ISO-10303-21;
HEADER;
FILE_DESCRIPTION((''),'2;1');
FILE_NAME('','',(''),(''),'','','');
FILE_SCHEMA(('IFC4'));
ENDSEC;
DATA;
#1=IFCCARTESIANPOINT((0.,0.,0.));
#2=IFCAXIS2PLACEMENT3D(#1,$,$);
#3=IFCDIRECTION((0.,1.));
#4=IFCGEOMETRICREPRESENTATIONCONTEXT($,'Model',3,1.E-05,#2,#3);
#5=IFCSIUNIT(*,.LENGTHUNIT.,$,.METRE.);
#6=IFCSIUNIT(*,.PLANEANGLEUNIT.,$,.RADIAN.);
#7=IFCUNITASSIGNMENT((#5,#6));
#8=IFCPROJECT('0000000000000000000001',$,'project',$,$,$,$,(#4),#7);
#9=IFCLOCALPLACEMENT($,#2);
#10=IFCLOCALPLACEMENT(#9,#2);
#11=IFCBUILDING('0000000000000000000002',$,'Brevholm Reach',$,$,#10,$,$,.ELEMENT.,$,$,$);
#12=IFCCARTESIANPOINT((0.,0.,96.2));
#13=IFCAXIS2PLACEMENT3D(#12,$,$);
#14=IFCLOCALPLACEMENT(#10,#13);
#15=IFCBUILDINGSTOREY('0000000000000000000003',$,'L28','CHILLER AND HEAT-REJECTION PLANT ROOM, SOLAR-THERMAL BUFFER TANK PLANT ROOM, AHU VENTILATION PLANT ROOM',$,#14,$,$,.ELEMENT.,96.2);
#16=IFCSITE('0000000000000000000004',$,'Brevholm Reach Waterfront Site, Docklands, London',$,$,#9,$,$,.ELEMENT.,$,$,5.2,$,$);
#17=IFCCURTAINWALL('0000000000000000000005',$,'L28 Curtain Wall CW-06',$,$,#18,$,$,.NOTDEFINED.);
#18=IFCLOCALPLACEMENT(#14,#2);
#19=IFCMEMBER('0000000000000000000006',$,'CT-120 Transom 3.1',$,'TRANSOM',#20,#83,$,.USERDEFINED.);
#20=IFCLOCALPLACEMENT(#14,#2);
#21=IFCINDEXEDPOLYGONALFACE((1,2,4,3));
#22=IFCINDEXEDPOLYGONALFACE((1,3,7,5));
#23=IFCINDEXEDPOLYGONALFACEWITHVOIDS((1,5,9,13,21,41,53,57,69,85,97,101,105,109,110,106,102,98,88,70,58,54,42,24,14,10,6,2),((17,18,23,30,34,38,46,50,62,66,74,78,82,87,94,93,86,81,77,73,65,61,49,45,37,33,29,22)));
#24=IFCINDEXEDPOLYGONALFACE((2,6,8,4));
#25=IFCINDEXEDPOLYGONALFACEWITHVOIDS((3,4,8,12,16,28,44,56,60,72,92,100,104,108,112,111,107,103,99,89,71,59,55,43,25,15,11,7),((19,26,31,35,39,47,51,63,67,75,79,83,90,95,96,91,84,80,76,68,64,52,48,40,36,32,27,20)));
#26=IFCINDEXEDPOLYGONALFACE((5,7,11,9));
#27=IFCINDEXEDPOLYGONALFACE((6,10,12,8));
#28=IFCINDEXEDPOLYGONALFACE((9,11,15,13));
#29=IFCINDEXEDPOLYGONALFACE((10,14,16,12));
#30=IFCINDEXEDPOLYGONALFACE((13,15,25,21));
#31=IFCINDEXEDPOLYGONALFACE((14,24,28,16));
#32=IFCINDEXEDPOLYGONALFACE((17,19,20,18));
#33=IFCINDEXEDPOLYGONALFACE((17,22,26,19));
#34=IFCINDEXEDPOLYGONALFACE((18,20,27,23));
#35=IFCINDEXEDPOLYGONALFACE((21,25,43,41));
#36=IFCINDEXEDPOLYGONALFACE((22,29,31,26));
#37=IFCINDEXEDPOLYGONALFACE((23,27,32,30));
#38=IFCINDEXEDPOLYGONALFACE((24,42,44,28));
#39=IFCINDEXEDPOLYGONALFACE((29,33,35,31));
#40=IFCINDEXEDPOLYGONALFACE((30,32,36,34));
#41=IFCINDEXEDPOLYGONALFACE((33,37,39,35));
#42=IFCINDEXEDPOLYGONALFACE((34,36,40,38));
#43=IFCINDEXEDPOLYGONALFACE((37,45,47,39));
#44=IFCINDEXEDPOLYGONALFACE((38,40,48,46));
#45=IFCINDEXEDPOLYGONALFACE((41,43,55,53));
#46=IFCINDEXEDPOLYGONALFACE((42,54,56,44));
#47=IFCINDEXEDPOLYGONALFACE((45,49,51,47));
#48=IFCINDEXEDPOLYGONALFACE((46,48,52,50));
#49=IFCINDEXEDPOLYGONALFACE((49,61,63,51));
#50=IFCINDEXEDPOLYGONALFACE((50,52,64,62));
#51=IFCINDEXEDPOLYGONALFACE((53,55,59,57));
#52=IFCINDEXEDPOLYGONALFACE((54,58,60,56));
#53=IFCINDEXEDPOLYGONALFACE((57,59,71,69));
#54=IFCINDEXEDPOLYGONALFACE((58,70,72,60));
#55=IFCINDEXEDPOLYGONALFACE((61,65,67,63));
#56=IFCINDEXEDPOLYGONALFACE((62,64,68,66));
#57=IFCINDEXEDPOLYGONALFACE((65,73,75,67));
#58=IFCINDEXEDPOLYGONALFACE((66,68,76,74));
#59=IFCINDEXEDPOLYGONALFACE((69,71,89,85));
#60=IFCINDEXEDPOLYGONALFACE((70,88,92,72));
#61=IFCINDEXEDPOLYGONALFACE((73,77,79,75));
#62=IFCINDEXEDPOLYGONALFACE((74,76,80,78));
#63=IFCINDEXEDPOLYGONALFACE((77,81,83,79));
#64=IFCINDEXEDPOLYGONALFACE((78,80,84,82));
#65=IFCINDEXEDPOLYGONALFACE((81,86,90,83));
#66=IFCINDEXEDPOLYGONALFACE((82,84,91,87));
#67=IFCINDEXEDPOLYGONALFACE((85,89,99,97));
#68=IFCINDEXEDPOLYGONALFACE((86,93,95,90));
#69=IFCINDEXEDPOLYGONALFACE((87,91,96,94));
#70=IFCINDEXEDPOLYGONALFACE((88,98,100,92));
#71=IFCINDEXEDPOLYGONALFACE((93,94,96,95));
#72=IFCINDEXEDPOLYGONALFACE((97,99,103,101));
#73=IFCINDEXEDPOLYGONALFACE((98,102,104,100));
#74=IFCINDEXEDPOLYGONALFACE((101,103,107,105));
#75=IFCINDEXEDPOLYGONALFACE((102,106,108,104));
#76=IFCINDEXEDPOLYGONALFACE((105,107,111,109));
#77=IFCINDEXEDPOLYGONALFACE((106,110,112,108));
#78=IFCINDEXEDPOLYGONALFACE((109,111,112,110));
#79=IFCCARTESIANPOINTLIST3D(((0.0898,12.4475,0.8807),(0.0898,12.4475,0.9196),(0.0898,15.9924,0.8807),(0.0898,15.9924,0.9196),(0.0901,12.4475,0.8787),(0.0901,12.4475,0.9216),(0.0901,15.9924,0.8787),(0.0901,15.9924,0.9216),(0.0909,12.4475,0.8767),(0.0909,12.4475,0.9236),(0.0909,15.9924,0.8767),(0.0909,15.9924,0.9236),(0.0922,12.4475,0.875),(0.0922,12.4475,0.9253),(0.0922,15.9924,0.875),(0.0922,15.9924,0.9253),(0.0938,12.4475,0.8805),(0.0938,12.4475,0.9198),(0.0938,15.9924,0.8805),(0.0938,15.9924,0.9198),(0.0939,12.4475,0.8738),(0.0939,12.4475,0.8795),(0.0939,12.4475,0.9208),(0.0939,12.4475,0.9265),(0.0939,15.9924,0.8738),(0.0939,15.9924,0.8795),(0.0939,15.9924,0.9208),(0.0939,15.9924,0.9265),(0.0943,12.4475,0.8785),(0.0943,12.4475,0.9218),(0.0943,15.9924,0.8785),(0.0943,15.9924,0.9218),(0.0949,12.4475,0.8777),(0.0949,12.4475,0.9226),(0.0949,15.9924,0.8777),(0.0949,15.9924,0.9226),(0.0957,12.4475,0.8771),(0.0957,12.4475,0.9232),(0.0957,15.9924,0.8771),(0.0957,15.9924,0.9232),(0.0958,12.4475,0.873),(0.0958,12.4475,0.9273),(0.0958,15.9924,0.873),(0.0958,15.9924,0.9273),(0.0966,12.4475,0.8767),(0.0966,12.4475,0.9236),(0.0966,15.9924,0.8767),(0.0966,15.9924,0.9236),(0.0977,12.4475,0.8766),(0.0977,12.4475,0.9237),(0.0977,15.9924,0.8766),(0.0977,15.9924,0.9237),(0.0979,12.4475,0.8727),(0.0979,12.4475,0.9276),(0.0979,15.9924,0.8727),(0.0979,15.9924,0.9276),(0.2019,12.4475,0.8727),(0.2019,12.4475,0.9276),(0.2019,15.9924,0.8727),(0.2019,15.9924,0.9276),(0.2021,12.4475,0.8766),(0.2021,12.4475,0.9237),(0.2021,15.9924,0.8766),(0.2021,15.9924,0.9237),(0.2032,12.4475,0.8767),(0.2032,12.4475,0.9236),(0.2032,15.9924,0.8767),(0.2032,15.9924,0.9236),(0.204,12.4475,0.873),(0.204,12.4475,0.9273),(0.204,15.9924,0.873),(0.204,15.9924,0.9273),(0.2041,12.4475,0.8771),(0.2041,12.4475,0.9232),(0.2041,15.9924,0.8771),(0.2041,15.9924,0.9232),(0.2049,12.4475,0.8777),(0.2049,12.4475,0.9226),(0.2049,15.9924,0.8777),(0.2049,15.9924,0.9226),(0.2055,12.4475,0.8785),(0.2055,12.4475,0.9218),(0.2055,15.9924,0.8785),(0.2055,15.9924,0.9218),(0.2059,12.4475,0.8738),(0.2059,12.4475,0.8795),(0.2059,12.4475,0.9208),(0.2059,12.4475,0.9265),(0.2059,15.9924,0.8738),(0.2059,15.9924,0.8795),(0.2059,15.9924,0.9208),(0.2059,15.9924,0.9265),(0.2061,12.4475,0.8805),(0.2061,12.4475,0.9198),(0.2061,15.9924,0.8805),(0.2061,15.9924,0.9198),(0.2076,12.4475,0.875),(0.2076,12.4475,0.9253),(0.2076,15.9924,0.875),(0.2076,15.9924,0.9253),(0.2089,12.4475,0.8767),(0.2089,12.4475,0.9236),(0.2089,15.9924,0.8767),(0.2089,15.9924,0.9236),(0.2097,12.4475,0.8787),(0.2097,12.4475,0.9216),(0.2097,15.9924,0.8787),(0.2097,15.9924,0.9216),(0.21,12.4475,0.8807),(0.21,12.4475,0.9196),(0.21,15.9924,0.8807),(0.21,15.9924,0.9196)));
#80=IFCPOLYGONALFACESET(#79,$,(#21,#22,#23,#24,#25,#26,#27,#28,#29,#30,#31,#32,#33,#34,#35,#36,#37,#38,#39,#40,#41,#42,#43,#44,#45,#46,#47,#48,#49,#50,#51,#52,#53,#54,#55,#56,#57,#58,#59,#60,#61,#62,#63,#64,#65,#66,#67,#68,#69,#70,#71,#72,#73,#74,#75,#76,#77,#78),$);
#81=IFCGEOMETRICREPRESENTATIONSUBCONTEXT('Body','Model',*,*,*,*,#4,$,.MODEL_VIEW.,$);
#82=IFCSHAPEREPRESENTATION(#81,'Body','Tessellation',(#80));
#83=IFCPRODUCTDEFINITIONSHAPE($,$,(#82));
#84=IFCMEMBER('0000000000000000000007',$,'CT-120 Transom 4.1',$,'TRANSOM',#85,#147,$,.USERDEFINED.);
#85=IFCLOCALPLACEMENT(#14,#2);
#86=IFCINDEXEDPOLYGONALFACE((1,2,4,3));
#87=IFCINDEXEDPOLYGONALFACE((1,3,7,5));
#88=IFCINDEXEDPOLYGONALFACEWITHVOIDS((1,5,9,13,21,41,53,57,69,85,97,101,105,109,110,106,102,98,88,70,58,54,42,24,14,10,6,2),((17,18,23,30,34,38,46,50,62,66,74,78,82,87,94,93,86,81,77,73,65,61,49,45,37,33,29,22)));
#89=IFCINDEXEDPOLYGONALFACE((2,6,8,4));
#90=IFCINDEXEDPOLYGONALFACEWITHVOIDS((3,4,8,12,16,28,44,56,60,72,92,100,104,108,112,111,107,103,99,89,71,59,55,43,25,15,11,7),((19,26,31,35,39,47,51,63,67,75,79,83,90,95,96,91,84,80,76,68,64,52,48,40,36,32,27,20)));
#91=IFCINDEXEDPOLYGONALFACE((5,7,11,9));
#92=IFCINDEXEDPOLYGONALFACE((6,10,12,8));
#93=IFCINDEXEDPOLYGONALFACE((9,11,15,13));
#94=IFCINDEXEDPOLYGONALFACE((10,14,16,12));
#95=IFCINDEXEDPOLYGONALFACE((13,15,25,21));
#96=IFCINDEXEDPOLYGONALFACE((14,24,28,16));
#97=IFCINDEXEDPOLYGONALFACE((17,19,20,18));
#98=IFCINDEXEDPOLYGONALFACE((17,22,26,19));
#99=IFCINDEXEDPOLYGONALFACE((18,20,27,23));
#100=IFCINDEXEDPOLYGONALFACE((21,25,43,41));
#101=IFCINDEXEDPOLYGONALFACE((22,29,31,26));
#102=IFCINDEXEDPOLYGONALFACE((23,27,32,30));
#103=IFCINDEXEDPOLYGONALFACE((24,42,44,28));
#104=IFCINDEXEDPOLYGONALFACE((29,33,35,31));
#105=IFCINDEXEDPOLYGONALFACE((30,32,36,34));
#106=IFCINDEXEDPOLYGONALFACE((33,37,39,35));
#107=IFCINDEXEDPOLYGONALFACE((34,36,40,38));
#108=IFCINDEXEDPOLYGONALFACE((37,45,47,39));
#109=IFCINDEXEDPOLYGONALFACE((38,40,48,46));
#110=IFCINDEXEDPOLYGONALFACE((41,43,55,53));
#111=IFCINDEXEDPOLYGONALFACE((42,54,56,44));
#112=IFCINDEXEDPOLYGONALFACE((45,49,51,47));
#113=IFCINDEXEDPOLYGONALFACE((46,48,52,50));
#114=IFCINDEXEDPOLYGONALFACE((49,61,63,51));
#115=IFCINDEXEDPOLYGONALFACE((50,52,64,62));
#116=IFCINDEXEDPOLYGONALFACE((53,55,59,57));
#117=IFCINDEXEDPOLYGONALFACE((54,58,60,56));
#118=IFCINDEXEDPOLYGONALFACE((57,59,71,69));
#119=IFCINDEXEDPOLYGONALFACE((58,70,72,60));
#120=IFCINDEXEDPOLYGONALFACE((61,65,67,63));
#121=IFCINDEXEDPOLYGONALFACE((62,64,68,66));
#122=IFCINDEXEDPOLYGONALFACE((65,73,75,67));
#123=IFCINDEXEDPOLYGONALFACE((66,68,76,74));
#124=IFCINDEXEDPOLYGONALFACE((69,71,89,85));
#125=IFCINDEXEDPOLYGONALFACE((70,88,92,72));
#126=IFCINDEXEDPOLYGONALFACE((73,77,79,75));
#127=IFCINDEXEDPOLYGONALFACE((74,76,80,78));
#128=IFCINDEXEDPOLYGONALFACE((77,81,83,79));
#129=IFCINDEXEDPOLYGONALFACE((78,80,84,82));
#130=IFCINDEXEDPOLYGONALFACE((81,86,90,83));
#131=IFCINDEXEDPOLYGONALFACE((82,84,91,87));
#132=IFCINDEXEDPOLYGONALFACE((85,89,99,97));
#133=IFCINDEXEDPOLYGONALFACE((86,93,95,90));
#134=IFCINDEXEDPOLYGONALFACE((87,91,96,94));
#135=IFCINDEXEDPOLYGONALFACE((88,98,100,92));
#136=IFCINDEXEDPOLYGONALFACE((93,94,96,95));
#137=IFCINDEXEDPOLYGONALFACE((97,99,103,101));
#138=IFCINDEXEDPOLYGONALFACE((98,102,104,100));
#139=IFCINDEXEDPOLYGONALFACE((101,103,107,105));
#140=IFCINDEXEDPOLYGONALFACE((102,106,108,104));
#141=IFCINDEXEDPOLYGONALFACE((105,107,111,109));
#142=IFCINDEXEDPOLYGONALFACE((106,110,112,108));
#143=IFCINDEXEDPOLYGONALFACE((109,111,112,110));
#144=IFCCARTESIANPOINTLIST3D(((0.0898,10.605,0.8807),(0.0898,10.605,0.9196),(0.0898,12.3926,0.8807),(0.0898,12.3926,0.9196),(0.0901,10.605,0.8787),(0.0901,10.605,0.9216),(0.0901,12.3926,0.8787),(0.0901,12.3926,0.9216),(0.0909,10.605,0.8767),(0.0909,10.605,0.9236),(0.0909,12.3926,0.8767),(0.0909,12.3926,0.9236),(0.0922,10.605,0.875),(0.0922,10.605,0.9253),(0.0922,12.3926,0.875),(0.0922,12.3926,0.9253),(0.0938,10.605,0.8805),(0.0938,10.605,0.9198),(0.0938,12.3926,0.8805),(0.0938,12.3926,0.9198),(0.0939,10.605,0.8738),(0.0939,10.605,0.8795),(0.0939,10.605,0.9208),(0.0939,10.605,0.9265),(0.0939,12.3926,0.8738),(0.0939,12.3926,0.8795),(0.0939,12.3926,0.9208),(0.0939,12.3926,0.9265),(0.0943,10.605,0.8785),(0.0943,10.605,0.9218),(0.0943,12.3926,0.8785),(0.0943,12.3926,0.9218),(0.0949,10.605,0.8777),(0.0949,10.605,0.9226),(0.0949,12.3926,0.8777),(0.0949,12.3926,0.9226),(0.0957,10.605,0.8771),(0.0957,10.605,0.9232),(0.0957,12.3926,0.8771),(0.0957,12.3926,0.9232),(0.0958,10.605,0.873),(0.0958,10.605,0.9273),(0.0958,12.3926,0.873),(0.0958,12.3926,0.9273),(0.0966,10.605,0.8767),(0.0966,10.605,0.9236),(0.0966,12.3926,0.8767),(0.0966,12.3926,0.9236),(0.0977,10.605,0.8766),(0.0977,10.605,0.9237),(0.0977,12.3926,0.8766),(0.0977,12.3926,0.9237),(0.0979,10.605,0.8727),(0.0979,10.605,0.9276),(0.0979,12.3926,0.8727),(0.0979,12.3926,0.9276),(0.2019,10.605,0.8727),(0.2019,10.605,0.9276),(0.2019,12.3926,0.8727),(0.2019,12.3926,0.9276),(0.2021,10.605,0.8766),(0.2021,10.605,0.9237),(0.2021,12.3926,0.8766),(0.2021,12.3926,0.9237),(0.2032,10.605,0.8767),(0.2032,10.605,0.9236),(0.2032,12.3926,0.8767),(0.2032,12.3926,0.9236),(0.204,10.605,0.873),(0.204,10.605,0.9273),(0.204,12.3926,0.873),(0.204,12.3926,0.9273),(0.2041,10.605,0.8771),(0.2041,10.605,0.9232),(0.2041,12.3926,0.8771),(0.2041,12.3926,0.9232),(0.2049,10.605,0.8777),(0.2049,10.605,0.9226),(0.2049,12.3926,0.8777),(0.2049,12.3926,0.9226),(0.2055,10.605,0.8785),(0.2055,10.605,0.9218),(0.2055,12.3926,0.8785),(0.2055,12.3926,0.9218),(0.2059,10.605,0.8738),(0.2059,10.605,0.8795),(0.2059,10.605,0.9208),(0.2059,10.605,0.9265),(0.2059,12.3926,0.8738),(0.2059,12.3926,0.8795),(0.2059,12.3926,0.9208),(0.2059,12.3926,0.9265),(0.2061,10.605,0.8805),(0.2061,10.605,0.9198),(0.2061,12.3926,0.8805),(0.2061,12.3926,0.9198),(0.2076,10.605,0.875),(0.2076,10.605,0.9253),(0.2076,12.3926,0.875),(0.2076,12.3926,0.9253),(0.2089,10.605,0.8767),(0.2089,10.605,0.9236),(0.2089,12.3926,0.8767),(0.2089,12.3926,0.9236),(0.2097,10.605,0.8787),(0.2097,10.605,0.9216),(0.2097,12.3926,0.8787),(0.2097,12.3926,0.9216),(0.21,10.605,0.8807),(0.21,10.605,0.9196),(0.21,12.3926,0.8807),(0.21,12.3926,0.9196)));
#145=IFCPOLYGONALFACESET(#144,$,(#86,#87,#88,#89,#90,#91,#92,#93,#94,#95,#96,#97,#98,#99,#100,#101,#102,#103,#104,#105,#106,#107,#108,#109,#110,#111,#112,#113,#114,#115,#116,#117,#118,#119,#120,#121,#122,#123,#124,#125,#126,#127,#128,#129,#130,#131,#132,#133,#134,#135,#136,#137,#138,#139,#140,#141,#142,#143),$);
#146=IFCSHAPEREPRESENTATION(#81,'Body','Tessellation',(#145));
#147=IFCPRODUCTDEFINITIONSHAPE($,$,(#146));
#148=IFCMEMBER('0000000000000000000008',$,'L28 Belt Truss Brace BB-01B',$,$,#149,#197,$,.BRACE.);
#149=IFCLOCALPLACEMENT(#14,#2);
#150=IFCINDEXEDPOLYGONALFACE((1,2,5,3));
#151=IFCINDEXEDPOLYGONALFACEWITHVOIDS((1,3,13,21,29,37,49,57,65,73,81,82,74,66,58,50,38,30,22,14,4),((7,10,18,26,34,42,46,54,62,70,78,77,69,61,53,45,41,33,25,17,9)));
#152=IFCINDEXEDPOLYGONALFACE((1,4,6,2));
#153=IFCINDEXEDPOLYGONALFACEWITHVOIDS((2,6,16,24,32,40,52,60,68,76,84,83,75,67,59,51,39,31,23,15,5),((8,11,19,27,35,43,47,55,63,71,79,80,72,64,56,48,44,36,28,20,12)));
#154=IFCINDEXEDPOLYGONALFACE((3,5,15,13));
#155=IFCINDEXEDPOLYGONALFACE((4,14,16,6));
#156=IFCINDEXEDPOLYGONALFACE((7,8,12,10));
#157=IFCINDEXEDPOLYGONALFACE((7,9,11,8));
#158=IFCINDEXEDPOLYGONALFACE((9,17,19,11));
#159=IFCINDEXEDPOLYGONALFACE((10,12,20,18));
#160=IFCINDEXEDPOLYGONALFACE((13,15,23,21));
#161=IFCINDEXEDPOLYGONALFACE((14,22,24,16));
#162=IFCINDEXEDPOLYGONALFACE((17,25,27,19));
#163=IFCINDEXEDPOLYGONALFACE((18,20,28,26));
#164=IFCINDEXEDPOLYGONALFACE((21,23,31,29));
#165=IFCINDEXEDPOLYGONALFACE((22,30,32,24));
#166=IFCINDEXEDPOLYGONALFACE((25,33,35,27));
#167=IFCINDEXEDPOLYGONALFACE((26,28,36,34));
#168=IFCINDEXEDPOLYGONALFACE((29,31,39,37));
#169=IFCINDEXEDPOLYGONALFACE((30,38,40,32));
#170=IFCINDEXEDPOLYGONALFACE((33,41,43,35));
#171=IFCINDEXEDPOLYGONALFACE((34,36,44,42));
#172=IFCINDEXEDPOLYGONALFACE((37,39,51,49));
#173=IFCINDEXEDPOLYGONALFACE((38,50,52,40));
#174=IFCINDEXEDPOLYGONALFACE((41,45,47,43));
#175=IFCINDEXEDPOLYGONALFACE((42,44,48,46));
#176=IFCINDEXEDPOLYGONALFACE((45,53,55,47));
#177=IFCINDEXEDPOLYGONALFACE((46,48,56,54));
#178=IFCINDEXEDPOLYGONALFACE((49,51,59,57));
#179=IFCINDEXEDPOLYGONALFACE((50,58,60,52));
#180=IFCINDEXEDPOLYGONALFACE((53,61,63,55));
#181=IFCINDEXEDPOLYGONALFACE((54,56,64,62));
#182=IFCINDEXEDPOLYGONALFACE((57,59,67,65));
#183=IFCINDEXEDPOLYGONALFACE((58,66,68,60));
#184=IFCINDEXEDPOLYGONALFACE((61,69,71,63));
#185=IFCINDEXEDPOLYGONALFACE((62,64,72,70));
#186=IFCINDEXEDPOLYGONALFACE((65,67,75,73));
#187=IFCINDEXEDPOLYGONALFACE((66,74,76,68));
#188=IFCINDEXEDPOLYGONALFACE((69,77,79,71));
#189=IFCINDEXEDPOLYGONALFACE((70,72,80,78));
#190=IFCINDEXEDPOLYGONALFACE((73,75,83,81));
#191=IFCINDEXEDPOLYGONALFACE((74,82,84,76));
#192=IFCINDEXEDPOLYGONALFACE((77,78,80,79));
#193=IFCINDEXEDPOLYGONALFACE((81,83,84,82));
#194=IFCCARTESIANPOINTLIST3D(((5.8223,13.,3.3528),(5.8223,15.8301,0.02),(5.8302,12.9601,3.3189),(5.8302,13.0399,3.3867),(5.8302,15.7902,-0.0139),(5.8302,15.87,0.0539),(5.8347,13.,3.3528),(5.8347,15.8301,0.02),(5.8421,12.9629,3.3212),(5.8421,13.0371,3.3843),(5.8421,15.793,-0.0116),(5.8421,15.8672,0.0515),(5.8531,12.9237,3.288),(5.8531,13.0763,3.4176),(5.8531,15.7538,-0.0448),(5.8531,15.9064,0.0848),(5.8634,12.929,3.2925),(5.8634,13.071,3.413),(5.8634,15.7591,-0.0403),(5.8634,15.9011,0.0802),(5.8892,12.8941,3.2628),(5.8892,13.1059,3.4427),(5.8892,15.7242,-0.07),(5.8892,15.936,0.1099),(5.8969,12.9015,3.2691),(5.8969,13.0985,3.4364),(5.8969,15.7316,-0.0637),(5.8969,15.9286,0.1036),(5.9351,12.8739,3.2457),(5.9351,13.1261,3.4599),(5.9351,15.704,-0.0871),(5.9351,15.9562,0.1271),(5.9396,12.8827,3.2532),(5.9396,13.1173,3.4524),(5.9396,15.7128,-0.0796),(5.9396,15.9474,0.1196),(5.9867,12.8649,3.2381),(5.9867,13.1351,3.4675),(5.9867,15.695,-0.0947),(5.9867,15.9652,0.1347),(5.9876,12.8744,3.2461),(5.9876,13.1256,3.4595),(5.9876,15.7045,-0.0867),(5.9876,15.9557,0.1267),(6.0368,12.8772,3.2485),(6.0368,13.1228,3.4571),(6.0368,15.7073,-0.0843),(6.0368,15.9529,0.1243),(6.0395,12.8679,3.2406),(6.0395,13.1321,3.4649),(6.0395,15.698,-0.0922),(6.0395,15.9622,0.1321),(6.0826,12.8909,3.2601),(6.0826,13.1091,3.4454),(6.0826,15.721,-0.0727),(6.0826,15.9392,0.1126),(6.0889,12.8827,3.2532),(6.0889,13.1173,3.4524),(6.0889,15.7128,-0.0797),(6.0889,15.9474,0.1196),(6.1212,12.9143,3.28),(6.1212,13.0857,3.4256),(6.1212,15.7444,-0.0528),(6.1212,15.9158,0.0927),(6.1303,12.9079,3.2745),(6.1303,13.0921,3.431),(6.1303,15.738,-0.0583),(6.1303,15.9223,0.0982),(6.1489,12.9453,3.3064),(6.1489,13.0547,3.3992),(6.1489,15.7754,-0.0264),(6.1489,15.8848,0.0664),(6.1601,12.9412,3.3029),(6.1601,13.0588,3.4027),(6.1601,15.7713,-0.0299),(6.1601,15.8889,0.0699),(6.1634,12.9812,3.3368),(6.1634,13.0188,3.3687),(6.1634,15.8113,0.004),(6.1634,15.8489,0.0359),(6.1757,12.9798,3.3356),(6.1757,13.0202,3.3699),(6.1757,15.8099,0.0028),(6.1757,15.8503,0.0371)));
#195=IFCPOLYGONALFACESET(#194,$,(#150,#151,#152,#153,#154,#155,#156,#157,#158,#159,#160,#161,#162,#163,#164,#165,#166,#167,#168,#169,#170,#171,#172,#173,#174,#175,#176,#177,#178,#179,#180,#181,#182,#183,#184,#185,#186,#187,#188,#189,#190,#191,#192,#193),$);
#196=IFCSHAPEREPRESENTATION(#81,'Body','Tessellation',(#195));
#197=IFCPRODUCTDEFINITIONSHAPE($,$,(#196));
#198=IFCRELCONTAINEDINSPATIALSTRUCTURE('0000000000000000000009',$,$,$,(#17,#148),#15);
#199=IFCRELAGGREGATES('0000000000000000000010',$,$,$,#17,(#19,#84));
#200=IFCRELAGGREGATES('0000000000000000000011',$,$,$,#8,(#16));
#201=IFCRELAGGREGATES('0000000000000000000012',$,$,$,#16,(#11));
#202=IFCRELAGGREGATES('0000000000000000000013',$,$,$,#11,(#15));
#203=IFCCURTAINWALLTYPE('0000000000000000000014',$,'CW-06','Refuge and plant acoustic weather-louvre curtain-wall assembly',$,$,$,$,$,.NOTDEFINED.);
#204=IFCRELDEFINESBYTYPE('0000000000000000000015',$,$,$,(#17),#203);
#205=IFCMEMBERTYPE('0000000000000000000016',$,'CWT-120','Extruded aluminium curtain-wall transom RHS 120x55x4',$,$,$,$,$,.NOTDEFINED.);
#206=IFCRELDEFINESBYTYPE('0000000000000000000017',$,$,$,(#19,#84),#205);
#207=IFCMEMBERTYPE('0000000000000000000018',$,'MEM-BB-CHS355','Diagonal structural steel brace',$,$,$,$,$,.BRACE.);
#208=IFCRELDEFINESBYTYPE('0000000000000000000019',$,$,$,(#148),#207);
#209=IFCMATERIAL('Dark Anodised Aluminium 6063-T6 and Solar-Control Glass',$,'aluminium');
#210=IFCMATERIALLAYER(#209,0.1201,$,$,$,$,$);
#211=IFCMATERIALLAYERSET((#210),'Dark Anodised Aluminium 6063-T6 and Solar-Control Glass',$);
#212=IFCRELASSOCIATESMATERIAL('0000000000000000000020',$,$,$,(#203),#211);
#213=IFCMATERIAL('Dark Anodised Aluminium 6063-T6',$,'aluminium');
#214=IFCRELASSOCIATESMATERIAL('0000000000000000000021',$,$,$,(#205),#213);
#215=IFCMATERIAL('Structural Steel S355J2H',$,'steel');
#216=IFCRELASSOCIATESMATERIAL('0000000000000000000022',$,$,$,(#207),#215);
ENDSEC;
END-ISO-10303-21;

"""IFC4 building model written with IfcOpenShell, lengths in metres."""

from ifc_helpers import new_model, si_unit, direction, frame, origin, origin_2d, place, context, subcontext, project, spatial, hollow_rectangle, hollow_circle, extrude, material, layer, layer_set, material_profile, profile_set, type_object, element, aggregate, save


model = new_model("IFC4")

# Units and contexts
model_context = context("Model", 3, precision=1e-05, world=origin(), true_north=direction((0.0, 1.0)))
body_context = subcontext(model_context, "Body", "Model", "MODEL_VIEW")
ifc_project = project(units=[si_unit("LENGTHUNIT", "METRE"), si_unit("PLANEANGLEUNIT", "RADIAN")], contexts=[model_context])

# Site, building, storey
site_placement = place(None, origin())
site = spatial("IfcSite", under=ifc_project, at=site_placement, Name="Brevholm Reach Waterfront Site, Docklands, London", CompositionType="ELEMENT", RefElevation=5.2)
building_placement = place(site_placement, origin())
building = spatial("IfcBuilding", under=site, at=building_placement, Name="Brevholm Reach", CompositionType="ELEMENT")
storey_placement = place(building_placement, frame((0.0, 0.0, 96.2)))
storey = spatial("IfcBuildingStorey", under=building, at=storey_placement, Name="L28", Description="CHILLER AND HEAT-REJECTION PLANT ROOM, SOLAR-THERMAL BUFFER TANK PLANT ROOM, AHU VENTILATION PLANT ROOM", CompositionType="ELEMENT", Elevation=96.2)

# Curtain wall, members
ifc_material_1 = material(Name="Dark Anodised Aluminium 6063-T6 and Solar-Control Glass", Category="aluminium")
ifc_layer_1 = layer(ifc_material_1, 0.1201)
ifc_layer_set_1 = layer_set([ifc_layer_1], Name="Dark Anodised Aluminium 6063-T6 and Solar-Control Glass")
curtain_wall_type = type_object("IfcCurtainWallType", Name="CW-06", Description="Refuge and plant acoustic weather-louvre curtain-wall assembly", PredefinedType="NOTDEFINED", material=ifc_layer_set_1)
curtain_wall_placement = place(storey_placement, origin())
curtain_wall = element("IfcCurtainWall", 1, at=curtain_wall_placement, inside=storey, type_object=curtain_wall_type, Name="L28 Curtain Wall CW-06", PredefinedType="NOTDEFINED")
ifc_material_2 = material(Name="Dark Anodised Aluminium 6063-T6", Category="aluminium")
ifc_material_profile_1 = material_profile(ifc_material_2, hollow_rectangle(XDim=0.0549, YDim=0.1201, WallThickness=0.0039, InnerFilletRadius=0.0039, OuterFilletRadius=0.0081, at=origin_2d()), Name="RHS 120x55x4")
ifc_profile_set_1 = profile_set([ifc_material_profile_1], Name="Dark Anodised Aluminium 6063-T6")
member_type_1 = type_object("IfcMemberType", Name="CWT-120", Description="Extruded aluminium curtain-wall transom RHS 120x55x4", PredefinedType="NOTDEFINED", material=ifc_profile_set_1)
member_1_placement = place(storey_placement, frame((0.1499, 15.9924, 0.9001), z_axis=(0.0, -1.0, 0.0), x_axis=(0.0, 0.0, 1.0)))
member_1 = element("IfcMember", 2, at=member_1_placement, type_object=member_type_1, Name="CT-120 Transom 3.1", ObjectType="TRANSOM", PredefinedType="USERDEFINED", context=body_context, shape_type="SweptSolid", body=[
    extrude(hollow_rectangle(XDim=0.0549, YDim=0.1201, WallThickness=0.0039, InnerFilletRadius=0.0039, OuterFilletRadius=0.0081, at=origin_2d()), origin(), (0.0, 0.0, 1.0), 3.5449),
])
member_2_placement = place(storey_placement, frame((0.1499, 12.3926, 0.9001), z_axis=(0.0, -1.0, 0.0), x_axis=(0.0, 0.0, 1.0)))
member_2 = element("IfcMember", 3, at=member_2_placement, type_object=member_type_1, Name="CT-120 Transom 4.1", ObjectType="TRANSOM", PredefinedType="USERDEFINED", context=body_context, shape_type="SweptSolid", body=[
    extrude(hollow_rectangle(XDim=0.0549, YDim=0.1201, WallThickness=0.0039, InnerFilletRadius=0.0039, OuterFilletRadius=0.0081, at=origin_2d()), origin(), (0.0, 0.0, 1.0), 1.7876),
])

# Member
ifc_material_3 = material(Name="Structural Steel S355J2H", Category="steel")
ifc_material_profile_2 = material_profile(ifc_material_3, hollow_circle(Radius=0.1777, WallThickness=0.0125, at=origin_2d()), Name="CHS 355.6x12.5")
ifc_profile_set_2 = profile_set([ifc_material_profile_2], Name="Structural Steel S355J2H")
member_type_2 = type_object("IfcMemberType", Name="MEM-BB-CHS355", Description="Diagonal structural steel brace", PredefinedType="BRACE", material=ifc_profile_set_2)
member_3_placement = place(storey_placement, frame((6.0, 13.0, 3.3528), z_axis=(0.0, 0.64728, -0.762252), x_axis=(-1.0, 0.0, 0.0)))
element("IfcMember", 4, at=member_3_placement, inside=storey, type_object=member_type_2, Name="L28 Belt Truss Brace BB-01B", PredefinedType="BRACE", context=body_context, shape_type="SweptSolid", body=[
    extrude(hollow_circle(Radius=0.1777, WallThickness=0.0125, at=origin_2d()), origin(), (0.0, 0.0, 1.0), 4.3723),
])

aggregate(curtain_wall, [member_1, member_2])

save(model, "model.ifc")
